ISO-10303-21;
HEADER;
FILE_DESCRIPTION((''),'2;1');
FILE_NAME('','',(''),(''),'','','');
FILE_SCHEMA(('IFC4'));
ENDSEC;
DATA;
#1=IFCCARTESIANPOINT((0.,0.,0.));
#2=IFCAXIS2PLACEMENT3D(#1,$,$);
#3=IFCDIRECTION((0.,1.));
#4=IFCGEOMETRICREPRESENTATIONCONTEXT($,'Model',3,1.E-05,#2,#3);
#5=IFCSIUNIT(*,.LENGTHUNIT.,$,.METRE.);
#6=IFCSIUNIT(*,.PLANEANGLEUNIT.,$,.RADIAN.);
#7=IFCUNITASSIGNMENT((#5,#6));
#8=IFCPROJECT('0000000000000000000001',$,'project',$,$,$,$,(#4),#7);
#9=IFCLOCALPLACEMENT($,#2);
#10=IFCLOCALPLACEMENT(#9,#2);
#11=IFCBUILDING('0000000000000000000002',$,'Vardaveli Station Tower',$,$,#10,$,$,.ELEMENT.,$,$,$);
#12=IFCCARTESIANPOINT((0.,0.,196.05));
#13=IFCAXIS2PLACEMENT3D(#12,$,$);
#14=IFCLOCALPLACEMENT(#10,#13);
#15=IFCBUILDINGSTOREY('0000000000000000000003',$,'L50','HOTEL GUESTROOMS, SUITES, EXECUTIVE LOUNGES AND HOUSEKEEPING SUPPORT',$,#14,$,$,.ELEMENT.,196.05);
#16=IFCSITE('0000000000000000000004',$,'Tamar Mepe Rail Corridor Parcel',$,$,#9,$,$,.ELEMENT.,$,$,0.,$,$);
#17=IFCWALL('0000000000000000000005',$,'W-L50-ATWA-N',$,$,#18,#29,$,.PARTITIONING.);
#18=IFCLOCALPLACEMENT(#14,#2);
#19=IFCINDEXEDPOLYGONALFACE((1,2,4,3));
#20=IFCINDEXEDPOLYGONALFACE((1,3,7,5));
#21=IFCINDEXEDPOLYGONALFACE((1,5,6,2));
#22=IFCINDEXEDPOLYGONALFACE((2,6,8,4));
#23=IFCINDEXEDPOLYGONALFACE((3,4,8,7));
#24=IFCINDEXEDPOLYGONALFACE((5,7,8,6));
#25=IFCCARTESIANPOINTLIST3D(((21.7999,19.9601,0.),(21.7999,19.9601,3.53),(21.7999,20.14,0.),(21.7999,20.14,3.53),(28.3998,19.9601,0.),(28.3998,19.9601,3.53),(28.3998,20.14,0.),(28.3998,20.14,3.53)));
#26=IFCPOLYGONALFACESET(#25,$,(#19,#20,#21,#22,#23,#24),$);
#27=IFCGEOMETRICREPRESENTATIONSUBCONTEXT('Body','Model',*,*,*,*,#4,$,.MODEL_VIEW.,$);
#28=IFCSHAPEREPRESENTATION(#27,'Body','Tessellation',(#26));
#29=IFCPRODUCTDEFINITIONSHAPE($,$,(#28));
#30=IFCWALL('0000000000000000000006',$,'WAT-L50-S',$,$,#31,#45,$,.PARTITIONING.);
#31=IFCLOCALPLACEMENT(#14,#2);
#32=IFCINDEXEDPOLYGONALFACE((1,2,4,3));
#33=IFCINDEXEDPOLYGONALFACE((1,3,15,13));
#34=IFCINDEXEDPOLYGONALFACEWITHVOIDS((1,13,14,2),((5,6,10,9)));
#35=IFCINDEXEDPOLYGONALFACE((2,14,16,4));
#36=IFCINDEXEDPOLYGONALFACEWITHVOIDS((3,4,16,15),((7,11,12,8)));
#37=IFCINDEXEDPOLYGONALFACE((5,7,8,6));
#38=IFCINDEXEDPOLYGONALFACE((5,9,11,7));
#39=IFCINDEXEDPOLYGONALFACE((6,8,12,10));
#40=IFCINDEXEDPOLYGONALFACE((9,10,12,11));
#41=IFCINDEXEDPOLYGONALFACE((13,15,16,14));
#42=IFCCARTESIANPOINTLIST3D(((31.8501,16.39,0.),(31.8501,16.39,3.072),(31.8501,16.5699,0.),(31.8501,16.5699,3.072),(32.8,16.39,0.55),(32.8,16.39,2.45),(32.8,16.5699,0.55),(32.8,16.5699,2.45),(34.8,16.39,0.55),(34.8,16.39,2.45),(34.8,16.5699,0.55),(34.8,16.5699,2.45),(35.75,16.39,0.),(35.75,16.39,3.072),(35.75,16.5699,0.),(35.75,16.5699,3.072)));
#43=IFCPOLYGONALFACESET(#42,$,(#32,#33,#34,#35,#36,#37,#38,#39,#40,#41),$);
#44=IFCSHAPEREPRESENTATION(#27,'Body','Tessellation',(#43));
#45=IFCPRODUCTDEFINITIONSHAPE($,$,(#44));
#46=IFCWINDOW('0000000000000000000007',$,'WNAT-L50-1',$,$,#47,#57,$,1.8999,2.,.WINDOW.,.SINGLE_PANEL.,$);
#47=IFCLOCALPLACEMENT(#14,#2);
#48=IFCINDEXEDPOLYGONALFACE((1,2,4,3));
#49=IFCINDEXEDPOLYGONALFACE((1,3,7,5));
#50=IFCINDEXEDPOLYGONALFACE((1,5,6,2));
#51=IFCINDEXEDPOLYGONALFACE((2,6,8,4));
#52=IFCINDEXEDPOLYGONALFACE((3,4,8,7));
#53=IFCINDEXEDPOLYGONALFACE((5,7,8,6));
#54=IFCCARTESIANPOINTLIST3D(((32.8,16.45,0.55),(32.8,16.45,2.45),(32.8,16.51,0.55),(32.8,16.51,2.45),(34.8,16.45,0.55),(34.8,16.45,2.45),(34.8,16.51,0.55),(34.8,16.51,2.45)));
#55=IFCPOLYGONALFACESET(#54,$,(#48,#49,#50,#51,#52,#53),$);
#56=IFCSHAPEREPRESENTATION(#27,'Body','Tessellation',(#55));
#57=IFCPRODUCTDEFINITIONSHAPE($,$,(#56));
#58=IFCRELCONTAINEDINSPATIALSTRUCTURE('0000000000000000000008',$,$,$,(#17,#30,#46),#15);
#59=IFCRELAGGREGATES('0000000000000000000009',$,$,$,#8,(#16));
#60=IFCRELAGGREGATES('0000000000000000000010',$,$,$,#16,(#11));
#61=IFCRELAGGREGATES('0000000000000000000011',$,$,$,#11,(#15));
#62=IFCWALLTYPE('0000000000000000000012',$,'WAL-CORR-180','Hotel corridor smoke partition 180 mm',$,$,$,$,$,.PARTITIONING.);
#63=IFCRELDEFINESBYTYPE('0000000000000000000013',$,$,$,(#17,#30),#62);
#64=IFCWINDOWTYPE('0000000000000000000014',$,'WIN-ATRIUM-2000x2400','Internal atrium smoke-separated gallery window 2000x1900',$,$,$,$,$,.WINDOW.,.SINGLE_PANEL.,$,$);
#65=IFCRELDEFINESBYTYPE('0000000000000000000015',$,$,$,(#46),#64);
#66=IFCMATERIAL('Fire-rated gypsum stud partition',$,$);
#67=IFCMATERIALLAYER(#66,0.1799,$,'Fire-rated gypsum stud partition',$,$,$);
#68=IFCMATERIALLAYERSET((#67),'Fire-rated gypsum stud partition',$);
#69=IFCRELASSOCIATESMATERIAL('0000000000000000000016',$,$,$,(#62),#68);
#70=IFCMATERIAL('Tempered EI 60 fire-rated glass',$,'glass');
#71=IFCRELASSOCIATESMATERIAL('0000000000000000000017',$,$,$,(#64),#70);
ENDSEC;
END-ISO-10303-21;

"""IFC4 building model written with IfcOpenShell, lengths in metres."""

from ifc_helpers import new_model, si_unit, direction, frame, frame_2d, origin, place, context, subcontext, project, spatial, rectangle, extrude, source, transform, mapped, material, layer, layer_set, type_object, element, fill, save


model = new_model("IFC4")

# Units and contexts
model_context = context("Model", 3, precision=1e-05, world=origin(), true_north=direction((0.0, 1.0)))
body_context = subcontext(model_context, "Body", "Model", "MODEL_VIEW")
ifc_project = project(units=[si_unit("LENGTHUNIT", "METRE"), si_unit("PLANEANGLEUNIT", "RADIAN")], contexts=[model_context])

# Site, building, storey
site_placement = place(None, origin())
site = spatial("IfcSite", under=ifc_project, at=site_placement, Name="Tamar Mepe Rail Corridor Parcel", CompositionType="ELEMENT", RefElevation=0.0)
building_placement = place(site_placement, origin())
building = spatial("IfcBuilding", under=site, at=building_placement, Name="Vardaveli Station Tower", CompositionType="ELEMENT")
storey_placement = place(building_placement, frame((0.0, 0.0, 196.05)))
storey = spatial("IfcBuildingStorey", under=building, at=storey_placement, Name="L50", Description="HOTEL GUESTROOMS, SUITES, EXECUTIVE LOUNGES AND HOUSEKEEPING SUPPORT", CompositionType="ELEMENT", Elevation=196.05)

# Shared definitions
ifc_material_1 = material(Name="Fire-rated gypsum stud partition")
ifc_layer_1 = layer(ifc_material_1, 0.1799, Name="Fire-rated gypsum stud partition")
ifc_layer_set_1 = layer_set([ifc_layer_1], Name="Fire-rated gypsum stud partition")
wall_type_1 = type_object("IfcWallType", Name="WAL-CORR-180", Description="Hotel corridor smoke partition 180 mm", PredefinedType="PARTITIONING", material=ifc_layer_set_1)

# Wall
shared_shape_1 = source(origin(), body_context, "Body", "SweptSolid", [
    extrude(rectangle(XDim=6.5999, YDim=0.1799, at=frame_2d((3.2998, 0.0))), origin(), (0.0, 0.0, 1.0), 3.53),
])
for number, where, z_axis, x_axis, name in (
    (1, (21.8, 20.05, 0.0), (0.0, 0.0, 1.0), (1.0, 0.0, 0.0), "W-L50-ATWA-N"),
):
    element("IfcWall", number, at=place(storey_placement, frame(where, z_axis=z_axis, x_axis=x_axis)), inside=storey, type_object=wall_type_1, Name=name, PredefinedType="PARTITIONING", context=body_context, shape_type="MappedRepresentation", body=[
        mapped(shared_shape_1, transform((0.0, 0.0, 0.0), scale=1.0)),
    ])

# Wall, opening, window
shared_shape_2 = source(origin(), body_context, "Body", "SweptSolid", [
    extrude(rectangle(XDim=3.8999, YDim=0.1799, at=frame_2d((1.95, 0.0))), origin(), (0.0, 0.0, 1.0), 3.072),
])
wall_1_placement = place(storey_placement, frame((31.8501, 16.48, 0.0), z_axis=(0.0, 0.0, 1.0), x_axis=(1.0, 0.0, 0.0)))
wall_1 = element("IfcWall", 2, at=wall_1_placement, inside=storey, type_object=wall_type_1, Name="WAT-L50-S", PredefinedType="PARTITIONING", context=body_context, shape_type="MappedRepresentation", body=[
    mapped(shared_shape_2, transform((0.0, 0.0, 0.0), scale=1.0)),
])
shared_shape_3 = source(origin(), body_context, "Body", "SweptSolid", [
    extrude(rectangle(XDim=2.0, YDim=1.8999, at=frame_2d((1.0, 0.95))), frame((0.0, 0.1001, 0.0), z_axis=(0.0, -1.0, 0.0), x_axis=(1.0, 0.0, 0.0)), (0.0, 0.0, 1.0), 0.2),
])
opening_1_placement = place(wall_1_placement, frame((0.95, 0.0, 0.55)))
opening_1 = element("IfcOpeningElement", 3, at=opening_1_placement, cuts=wall_1, PredefinedType="OPENING", context=body_context, shape_type="MappedRepresentation", body=[
    mapped(shared_shape_3, transform((0.0, 0.0, 0.0), scale=1.0)),
])
ifc_material_2 = material(Name="Tempered EI 60 fire-rated glass", Category="glass")
window_type = type_object("IfcWindowType", Name="WIN-ATRIUM-2000x2400", Description="Internal atrium smoke-separated gallery window 2000x1900", PartitioningType="SINGLE_PANEL", PredefinedType="WINDOW", material=ifc_material_2)
shared_shape_4 = source(origin(), body_context, "Body", "SweptSolid", [
    extrude(rectangle(XDim=2.0, YDim=1.8999, at=frame_2d((1.0, 0.95))), frame((0.0, 0.03, 0.0), z_axis=(0.0, -1.0, 0.0), x_axis=(1.0, 0.0, 0.0)), (0.0, 0.0, 1.0), 0.0601),
])
window_placement = place(opening_1_placement, origin())
window = element("IfcWindow", 4, at=window_placement, inside=storey, type_object=window_type, Name="WNAT-L50-1", OverallHeight=1.8999, OverallWidth=2.0, PartitioningType="SINGLE_PANEL", PredefinedType="WINDOW", context=body_context, shape_type="MappedRepresentation", body=[
    mapped(shared_shape_4, transform((0.0, 0.0, 0.0), scale=1.0)),
])
fill(opening_1, window)

save(model, "model.ifc")
